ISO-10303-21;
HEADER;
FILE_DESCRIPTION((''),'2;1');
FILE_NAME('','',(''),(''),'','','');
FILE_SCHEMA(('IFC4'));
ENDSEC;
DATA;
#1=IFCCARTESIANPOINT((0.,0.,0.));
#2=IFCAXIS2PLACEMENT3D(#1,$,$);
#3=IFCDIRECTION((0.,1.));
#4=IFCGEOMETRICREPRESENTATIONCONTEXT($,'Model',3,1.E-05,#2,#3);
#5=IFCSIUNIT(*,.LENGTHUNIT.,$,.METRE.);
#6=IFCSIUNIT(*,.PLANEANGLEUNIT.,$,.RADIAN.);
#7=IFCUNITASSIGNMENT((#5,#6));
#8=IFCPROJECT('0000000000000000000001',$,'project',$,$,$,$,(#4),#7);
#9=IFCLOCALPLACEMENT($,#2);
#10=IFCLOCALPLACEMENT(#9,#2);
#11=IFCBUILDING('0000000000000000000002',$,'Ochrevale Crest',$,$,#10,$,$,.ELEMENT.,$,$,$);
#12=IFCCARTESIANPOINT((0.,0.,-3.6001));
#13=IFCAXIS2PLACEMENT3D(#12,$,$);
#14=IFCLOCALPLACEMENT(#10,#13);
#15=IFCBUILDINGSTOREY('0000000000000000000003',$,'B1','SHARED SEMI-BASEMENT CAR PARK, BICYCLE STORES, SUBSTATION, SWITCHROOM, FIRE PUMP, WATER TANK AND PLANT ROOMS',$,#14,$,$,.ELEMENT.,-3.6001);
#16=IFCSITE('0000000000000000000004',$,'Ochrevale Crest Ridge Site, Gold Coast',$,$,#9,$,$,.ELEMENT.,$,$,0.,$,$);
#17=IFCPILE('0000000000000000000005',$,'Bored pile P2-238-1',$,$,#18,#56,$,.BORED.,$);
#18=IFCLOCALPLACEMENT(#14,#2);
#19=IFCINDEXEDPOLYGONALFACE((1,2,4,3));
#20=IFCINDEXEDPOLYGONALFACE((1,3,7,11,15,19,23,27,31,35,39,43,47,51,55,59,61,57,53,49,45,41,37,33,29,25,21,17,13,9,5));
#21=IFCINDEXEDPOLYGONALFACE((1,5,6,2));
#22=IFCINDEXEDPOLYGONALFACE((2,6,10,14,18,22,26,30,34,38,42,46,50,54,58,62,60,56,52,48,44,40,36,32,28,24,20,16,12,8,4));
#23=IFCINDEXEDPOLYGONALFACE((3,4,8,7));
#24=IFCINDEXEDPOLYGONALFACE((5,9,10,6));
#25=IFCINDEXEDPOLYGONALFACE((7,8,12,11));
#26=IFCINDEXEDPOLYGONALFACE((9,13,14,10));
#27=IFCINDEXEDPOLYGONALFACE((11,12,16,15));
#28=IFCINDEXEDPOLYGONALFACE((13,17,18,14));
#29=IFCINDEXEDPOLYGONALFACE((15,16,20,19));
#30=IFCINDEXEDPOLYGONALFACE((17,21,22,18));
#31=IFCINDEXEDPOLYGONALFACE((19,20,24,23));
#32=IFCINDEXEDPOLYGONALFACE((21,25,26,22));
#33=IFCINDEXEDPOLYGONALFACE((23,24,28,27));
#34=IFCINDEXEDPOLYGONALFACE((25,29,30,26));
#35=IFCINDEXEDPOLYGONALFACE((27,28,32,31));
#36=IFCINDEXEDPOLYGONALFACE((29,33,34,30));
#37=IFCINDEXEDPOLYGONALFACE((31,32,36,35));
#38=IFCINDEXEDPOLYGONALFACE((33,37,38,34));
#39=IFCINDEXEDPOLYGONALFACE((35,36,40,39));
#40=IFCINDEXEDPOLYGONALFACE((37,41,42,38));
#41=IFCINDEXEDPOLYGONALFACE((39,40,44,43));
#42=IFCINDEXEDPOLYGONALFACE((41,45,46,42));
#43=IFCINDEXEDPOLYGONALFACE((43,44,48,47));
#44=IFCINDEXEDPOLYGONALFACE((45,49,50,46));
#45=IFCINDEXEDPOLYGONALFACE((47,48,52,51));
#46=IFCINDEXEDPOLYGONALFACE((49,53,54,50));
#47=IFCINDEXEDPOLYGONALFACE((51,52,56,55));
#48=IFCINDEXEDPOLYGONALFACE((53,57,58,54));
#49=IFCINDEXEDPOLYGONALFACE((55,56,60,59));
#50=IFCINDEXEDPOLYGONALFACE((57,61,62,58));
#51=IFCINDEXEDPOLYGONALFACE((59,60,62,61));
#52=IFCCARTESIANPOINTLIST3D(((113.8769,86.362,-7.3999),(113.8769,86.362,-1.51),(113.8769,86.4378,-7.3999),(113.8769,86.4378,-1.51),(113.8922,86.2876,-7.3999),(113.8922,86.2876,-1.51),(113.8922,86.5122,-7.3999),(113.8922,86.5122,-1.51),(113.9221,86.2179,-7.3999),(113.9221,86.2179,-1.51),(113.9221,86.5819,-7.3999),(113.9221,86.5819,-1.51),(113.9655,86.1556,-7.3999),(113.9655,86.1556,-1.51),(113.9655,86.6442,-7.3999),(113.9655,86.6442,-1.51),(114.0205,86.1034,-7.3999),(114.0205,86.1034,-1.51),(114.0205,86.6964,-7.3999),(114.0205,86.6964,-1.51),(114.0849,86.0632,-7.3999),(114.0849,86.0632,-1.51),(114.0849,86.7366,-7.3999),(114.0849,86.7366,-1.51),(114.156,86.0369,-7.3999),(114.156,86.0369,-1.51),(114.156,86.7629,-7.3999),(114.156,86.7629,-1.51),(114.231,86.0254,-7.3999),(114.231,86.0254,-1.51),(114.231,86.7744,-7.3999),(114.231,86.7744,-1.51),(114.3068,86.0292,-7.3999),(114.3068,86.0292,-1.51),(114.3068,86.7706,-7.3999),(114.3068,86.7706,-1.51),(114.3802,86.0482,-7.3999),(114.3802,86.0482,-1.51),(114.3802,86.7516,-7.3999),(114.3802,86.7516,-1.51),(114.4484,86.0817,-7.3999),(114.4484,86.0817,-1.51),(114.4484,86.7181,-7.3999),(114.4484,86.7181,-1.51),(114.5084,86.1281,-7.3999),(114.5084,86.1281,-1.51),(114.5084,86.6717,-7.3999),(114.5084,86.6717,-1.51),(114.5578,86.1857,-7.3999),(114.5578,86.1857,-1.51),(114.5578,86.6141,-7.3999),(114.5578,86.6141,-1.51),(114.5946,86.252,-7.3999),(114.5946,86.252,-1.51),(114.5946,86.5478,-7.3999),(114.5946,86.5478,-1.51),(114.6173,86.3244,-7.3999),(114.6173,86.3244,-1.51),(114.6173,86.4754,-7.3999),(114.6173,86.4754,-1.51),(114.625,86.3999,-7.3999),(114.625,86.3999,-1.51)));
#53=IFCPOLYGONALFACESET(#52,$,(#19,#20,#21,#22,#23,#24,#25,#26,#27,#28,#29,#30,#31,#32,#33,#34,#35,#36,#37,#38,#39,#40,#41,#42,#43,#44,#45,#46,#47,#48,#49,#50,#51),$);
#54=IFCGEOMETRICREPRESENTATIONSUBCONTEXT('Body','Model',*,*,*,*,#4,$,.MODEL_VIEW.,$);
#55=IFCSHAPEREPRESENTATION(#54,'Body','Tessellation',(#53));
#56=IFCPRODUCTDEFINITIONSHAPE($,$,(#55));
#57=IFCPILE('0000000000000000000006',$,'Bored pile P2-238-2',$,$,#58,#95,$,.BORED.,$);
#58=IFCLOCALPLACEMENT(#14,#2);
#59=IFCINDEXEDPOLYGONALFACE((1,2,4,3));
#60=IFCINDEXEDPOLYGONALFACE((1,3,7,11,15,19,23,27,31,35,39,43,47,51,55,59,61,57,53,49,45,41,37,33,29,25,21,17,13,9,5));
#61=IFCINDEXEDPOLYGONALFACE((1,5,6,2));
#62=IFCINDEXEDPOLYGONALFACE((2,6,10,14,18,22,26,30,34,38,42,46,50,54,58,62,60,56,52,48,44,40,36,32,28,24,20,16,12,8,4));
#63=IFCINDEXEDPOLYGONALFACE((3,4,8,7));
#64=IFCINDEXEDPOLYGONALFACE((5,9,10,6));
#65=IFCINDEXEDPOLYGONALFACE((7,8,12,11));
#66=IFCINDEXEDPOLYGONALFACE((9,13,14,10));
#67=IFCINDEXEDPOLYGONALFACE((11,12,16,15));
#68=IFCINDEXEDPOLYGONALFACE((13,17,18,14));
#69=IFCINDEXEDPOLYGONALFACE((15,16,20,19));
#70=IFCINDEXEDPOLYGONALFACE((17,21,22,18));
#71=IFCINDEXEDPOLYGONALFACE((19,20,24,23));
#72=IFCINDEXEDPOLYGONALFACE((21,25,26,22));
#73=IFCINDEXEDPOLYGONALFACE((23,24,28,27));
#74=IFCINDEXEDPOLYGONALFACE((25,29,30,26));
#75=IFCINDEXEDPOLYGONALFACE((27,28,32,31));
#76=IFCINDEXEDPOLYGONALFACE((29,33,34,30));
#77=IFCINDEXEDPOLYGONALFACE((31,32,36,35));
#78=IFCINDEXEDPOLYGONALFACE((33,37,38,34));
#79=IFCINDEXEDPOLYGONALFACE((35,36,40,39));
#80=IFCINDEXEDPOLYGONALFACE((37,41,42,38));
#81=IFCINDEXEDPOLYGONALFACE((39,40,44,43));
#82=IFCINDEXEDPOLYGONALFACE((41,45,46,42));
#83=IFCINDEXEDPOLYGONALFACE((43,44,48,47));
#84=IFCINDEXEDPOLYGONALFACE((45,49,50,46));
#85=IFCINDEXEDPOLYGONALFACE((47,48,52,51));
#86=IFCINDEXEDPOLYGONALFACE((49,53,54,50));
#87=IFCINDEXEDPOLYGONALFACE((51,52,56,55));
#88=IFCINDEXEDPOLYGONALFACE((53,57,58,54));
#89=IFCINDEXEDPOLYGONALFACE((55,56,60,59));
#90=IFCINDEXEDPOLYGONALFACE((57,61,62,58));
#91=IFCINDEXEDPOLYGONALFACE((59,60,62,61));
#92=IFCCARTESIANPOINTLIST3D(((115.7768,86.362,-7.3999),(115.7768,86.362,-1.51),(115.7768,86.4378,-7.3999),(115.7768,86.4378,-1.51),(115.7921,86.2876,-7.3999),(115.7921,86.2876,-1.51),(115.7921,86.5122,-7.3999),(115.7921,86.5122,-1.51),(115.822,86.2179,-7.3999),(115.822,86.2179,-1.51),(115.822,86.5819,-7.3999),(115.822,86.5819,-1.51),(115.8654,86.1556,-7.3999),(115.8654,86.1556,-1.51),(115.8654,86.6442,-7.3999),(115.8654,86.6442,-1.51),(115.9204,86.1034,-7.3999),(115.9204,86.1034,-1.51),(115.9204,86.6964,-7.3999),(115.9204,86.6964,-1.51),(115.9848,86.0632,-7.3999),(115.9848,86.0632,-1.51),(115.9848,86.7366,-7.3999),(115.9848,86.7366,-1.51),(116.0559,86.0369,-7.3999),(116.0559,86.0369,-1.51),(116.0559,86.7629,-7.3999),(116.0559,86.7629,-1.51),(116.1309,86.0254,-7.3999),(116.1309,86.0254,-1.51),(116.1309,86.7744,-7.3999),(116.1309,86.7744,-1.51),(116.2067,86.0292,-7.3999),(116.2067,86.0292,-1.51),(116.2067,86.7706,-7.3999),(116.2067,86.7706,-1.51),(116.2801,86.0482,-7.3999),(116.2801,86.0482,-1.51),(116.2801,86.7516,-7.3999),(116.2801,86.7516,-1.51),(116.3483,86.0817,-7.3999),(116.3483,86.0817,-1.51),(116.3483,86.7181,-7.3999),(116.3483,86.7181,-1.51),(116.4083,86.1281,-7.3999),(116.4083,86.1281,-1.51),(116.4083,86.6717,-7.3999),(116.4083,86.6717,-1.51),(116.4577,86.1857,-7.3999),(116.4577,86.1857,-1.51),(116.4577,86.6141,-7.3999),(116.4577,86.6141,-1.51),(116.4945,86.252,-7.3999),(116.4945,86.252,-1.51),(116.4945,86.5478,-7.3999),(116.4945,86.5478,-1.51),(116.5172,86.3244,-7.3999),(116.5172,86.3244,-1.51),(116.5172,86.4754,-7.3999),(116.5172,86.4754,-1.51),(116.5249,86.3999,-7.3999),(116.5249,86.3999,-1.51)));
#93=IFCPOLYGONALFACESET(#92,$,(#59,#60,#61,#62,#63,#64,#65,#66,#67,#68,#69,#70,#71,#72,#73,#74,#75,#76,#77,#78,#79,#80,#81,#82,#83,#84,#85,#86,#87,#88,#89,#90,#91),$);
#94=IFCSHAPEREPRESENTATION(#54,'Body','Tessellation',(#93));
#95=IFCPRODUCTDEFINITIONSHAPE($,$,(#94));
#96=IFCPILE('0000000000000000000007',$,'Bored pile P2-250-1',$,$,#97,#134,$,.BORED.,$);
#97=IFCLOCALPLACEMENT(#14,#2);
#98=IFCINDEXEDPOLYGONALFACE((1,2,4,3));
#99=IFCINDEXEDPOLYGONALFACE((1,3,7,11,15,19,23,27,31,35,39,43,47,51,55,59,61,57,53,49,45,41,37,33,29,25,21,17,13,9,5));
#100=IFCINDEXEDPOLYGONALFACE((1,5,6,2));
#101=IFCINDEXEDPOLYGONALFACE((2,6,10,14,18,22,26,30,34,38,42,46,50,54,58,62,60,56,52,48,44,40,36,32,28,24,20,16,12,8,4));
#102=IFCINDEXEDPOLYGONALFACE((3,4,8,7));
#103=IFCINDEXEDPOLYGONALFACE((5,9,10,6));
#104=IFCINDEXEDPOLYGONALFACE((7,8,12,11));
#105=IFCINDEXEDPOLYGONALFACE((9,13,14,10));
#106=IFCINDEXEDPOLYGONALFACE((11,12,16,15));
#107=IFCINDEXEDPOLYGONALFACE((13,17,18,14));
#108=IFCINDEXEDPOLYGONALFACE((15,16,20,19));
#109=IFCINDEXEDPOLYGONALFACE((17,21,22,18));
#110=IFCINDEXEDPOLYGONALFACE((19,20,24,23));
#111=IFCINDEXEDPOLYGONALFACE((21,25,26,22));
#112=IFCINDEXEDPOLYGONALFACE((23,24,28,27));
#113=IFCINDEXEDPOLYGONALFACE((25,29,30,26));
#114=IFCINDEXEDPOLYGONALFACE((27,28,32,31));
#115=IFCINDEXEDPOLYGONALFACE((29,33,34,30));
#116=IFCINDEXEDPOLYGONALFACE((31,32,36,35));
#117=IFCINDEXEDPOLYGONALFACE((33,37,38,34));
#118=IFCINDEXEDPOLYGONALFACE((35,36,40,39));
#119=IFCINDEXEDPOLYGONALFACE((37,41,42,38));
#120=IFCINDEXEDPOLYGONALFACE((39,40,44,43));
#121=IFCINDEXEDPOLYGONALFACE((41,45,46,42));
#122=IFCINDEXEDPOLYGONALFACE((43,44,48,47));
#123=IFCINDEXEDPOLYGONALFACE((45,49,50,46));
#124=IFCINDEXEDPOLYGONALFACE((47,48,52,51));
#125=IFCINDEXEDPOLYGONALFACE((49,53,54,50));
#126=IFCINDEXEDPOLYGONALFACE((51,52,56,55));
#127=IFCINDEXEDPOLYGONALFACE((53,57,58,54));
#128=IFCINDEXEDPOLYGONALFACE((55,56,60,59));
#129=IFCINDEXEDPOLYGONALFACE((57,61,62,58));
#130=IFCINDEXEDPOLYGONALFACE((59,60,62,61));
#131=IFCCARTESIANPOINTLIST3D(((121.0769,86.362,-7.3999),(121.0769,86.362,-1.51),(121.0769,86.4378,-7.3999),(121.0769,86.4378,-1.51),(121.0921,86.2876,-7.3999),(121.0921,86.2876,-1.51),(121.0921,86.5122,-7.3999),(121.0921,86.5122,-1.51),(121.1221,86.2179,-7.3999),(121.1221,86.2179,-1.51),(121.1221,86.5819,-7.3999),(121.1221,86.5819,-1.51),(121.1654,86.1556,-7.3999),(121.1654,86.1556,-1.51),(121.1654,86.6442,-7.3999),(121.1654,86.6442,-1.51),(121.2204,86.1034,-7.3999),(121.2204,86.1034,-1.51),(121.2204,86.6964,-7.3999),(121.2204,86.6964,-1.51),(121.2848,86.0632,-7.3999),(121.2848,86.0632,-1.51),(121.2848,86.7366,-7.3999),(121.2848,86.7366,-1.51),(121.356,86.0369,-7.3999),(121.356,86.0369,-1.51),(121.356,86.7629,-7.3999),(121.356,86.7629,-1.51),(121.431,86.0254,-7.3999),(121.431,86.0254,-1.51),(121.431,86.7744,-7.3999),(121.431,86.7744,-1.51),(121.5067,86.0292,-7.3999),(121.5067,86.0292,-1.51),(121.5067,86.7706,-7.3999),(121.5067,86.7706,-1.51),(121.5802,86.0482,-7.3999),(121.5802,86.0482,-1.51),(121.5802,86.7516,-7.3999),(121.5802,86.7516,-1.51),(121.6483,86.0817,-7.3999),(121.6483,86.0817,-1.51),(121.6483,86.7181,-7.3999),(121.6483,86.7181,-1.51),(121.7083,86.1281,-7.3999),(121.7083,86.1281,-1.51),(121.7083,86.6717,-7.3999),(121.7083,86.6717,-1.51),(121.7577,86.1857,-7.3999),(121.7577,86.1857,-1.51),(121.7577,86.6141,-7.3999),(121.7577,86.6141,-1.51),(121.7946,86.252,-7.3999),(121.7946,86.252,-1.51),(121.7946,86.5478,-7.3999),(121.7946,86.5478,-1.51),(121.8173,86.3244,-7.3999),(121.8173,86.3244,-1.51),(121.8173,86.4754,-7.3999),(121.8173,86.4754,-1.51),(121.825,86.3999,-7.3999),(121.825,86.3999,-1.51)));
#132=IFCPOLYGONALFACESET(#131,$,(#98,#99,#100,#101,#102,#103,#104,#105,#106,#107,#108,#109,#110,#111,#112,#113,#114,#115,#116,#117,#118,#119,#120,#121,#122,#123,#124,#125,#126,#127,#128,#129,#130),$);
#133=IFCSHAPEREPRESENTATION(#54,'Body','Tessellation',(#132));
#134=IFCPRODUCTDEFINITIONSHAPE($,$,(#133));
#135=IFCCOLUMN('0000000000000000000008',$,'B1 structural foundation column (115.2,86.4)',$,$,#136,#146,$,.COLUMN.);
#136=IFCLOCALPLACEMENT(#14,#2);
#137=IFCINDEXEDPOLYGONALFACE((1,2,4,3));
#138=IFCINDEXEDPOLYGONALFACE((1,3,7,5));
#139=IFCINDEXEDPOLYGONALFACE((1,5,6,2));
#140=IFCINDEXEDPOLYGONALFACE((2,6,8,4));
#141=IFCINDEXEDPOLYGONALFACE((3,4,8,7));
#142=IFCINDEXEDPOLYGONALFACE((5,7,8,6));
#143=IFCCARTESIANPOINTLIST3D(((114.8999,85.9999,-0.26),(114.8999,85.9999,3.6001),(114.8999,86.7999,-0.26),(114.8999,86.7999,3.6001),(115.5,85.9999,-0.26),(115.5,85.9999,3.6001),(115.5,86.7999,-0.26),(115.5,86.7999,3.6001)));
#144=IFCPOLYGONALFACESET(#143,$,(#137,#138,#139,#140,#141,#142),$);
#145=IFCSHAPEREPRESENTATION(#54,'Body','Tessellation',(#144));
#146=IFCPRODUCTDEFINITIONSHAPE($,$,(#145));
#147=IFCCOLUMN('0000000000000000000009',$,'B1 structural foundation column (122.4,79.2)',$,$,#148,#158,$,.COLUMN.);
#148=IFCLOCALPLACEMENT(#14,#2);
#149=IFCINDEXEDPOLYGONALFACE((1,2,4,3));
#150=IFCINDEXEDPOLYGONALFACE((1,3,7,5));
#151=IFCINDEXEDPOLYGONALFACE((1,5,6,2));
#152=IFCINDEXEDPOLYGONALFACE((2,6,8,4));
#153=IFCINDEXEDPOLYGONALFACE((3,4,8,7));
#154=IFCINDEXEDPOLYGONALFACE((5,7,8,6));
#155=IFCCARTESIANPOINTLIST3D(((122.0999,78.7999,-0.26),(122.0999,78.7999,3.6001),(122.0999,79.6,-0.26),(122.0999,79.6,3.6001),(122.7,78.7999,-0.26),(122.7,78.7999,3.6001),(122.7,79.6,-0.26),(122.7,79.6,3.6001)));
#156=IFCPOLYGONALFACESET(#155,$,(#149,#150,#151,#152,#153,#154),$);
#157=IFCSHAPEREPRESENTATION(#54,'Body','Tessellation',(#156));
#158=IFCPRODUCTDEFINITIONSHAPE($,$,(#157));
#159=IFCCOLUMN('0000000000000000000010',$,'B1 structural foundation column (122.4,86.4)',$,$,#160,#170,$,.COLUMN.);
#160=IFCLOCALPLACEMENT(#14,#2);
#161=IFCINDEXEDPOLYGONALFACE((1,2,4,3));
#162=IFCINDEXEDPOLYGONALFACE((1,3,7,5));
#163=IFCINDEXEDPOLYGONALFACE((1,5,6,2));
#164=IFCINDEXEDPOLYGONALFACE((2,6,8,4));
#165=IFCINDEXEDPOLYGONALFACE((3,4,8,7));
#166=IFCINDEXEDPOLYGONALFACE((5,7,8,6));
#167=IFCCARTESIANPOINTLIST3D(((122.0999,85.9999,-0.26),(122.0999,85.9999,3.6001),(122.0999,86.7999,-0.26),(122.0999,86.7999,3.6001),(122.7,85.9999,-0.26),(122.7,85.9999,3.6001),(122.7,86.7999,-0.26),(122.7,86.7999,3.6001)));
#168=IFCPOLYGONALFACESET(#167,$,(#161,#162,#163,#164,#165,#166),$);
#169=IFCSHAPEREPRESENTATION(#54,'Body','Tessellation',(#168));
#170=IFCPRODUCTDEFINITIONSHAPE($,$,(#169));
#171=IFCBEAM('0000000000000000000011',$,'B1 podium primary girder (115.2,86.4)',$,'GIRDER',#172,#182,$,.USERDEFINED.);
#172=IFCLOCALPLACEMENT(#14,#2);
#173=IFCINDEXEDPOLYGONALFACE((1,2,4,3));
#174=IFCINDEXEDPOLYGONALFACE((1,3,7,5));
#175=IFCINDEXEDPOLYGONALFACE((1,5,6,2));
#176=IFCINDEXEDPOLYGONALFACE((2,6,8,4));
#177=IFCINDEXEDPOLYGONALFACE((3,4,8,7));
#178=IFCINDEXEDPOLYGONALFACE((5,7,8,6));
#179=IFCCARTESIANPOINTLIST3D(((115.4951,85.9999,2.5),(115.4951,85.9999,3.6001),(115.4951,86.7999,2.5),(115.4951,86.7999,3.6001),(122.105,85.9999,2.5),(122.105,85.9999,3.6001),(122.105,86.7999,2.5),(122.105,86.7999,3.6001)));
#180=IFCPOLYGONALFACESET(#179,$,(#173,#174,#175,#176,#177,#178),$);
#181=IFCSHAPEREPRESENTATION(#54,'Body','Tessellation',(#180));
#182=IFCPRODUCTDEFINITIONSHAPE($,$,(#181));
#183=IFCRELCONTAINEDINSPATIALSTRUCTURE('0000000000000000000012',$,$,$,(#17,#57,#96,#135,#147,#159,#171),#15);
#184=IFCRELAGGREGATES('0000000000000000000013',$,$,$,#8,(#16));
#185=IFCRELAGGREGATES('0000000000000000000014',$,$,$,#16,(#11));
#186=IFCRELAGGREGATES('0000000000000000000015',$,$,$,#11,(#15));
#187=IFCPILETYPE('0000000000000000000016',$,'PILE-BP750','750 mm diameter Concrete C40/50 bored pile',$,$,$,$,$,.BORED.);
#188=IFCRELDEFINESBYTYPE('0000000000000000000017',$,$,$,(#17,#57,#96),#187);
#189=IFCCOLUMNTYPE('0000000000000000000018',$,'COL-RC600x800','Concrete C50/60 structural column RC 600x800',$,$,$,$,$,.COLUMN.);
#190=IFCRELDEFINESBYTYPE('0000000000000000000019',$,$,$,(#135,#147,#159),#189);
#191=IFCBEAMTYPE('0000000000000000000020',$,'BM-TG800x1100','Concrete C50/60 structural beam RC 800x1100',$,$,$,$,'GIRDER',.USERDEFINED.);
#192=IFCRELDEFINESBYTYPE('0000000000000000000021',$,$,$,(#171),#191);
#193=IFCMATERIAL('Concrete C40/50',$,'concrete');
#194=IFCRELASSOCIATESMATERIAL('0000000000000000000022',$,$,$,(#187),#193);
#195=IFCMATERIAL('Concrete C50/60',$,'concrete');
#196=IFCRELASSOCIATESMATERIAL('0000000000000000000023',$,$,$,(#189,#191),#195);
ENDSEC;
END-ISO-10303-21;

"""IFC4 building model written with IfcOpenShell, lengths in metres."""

from ifc_helpers import new_model, si_unit, direction, frame, origin, origin_2d, place, context, subcontext, project, spatial, rectangle, circle, extrude, material, material_profile, profile_set, type_object, element, save


model = new_model("IFC4")

# Units and contexts
model_context = context("Model", 3, precision=1e-05, world=origin(), true_north=direction((0.0, 1.0)))
body_context = subcontext(model_context, "Body", "Model", "MODEL_VIEW")
ifc_project = project(units=[si_unit("LENGTHUNIT", "METRE"), si_unit("PLANEANGLEUNIT", "RADIAN")], contexts=[model_context])

# Site, building, storey
site_placement = place(None, origin())
site = spatial("IfcSite", under=ifc_project, at=site_placement, Name="Ochrevale Crest Ridge Site, Gold Coast", CompositionType="ELEMENT", RefElevation=0.0)
building_placement = place(site_placement, origin())
building = spatial("IfcBuilding", under=site, at=building_placement, Name="Ochrevale Crest", CompositionType="ELEMENT")
storey_placement = place(building_placement, frame((0.0, 0.0, -3.6001)))
storey = spatial("IfcBuildingStorey", under=building, at=storey_placement, Name="B1", Description="SHARED SEMI-BASEMENT CAR PARK, BICYCLE STORES, SUBSTATION, SWITCHROOM, FIRE PUMP, WATER TANK AND PLANT ROOMS", CompositionType="ELEMENT", Elevation=-3.6001)

# Shared definitions
ifc_material_1 = material(Name="Concrete C40/50", Category="concrete")

# Piles
ifc_material_profile_1 = material_profile(ifc_material_1, circle(Radius=0.375, at=origin_2d()), Name="BORED PILE 750")
ifc_profile_set_1 = profile_set([ifc_material_profile_1], Name="Concrete C40/50")
pile_type = type_object("IfcPileType", Name="PILE-BP750", Description="750 mm diameter Concrete C40/50 bored pile", PredefinedType="BORED", material=ifc_profile_set_1)
for number, where, z_axis, x_axis, name in (
    (1, (114.25, 86.3999, -1.51), (0.0, 0.0, -1.0), (1.0, 0.0, 0.0), "Bored pile P2-238-1"),
    (2, (116.1499, 86.3999, -1.51), (0.0, 0.0, -1.0), (1.0, 0.0, 0.0), "Bored pile P2-238-2"),
    (3, (121.45, 86.3999, -1.51), (0.0, 0.0, -1.0), (1.0, 0.0, 0.0), "Bored pile P2-250-1"),
):
    element("IfcPile", number, at=place(storey_placement, frame(where, z_axis=z_axis, x_axis=x_axis)), inside=storey, type_object=pile_type, Name=name, PredefinedType="BORED", context=body_context, shape_type="SweptSolid", body=[
        extrude(circle(Radius=0.375, at=origin_2d()), origin(), (0.0, 0.0, 1.0), 5.8899),
    ])

# Columns
ifc_material_2 = material(Name="Concrete C50/60", Category="concrete")
ifc_material_profile_2 = material_profile(ifc_material_2, rectangle(XDim=0.6001, YDim=0.8, at=origin_2d()), Name="RC 600x800")
ifc_profile_set_2 = profile_set([ifc_material_profile_2], Name="Concrete C50/60")
column_type = type_object("IfcColumnType", Name="COL-RC600x800", Description="Concrete C50/60 structural column RC 600x800", PredefinedType="COLUMN", material=ifc_profile_set_2)
for number, where, z_axis, x_axis, name in (
    (4, (115.2, 86.3999, -0.26), (0.0, 0.0, 1.0), (1.0, 0.0, 0.0), "B1 structural foundation column (115.2,86.4)"),
    (5, (122.3999, 79.2, -0.26), (0.0, 0.0, 1.0), (1.0, 0.0, 0.0), "B1 structural foundation column (122.4,79.2)"),
    (6, (122.3999, 86.3999, -0.26), (0.0, 0.0, 1.0), (1.0, 0.0, 0.0), "B1 structural foundation column (122.4,86.4)"),
):
    element("IfcColumn", number, at=place(storey_placement, frame(where, z_axis=z_axis, x_axis=x_axis)), inside=storey, type_object=column_type, Name=name, PredefinedType="COLUMN", context=body_context, shape_type="SweptSolid", body=[
        extrude(rectangle(XDim=0.6001, YDim=0.8, at=origin_2d()), origin(), (0.0, 0.0, 1.0), 3.8601),
    ])

# Beam
ifc_material_profile_3 = material_profile(ifc_material_2, rectangle(XDim=0.8, YDim=1.1001, at=origin_2d()), Name="RC 800x1100")
ifc_profile_set_3 = profile_set([ifc_material_profile_3], Name="Concrete C50/60")
beam_type_1 = type_object("IfcBeamType", Name="BM-TG800x1100", Description="Concrete C50/60 structural beam RC 800x1100", ElementType="GIRDER", PredefinedType="USERDEFINED", material=ifc_profile_set_3)
beam_1_placement = place(storey_placement, frame((115.4951, 86.3999, 3.05), z_axis=(1.0, 0.0, 0.0), x_axis=(0.0, 1.0, 0.0)))
element("IfcBeam", 7, at=beam_1_placement, inside=storey, type_object=beam_type_1, Name="B1 podium primary girder (115.2,86.4)", ObjectType="GIRDER", PredefinedType="USERDEFINED", context=body_context, shape_type="SweptSolid", body=[
    extrude(rectangle(XDim=0.8, YDim=1.1001, at=origin_2d()), origin(), (0.0, 0.0, 1.0), 6.6099),
])

save(model, "model.ifc")
